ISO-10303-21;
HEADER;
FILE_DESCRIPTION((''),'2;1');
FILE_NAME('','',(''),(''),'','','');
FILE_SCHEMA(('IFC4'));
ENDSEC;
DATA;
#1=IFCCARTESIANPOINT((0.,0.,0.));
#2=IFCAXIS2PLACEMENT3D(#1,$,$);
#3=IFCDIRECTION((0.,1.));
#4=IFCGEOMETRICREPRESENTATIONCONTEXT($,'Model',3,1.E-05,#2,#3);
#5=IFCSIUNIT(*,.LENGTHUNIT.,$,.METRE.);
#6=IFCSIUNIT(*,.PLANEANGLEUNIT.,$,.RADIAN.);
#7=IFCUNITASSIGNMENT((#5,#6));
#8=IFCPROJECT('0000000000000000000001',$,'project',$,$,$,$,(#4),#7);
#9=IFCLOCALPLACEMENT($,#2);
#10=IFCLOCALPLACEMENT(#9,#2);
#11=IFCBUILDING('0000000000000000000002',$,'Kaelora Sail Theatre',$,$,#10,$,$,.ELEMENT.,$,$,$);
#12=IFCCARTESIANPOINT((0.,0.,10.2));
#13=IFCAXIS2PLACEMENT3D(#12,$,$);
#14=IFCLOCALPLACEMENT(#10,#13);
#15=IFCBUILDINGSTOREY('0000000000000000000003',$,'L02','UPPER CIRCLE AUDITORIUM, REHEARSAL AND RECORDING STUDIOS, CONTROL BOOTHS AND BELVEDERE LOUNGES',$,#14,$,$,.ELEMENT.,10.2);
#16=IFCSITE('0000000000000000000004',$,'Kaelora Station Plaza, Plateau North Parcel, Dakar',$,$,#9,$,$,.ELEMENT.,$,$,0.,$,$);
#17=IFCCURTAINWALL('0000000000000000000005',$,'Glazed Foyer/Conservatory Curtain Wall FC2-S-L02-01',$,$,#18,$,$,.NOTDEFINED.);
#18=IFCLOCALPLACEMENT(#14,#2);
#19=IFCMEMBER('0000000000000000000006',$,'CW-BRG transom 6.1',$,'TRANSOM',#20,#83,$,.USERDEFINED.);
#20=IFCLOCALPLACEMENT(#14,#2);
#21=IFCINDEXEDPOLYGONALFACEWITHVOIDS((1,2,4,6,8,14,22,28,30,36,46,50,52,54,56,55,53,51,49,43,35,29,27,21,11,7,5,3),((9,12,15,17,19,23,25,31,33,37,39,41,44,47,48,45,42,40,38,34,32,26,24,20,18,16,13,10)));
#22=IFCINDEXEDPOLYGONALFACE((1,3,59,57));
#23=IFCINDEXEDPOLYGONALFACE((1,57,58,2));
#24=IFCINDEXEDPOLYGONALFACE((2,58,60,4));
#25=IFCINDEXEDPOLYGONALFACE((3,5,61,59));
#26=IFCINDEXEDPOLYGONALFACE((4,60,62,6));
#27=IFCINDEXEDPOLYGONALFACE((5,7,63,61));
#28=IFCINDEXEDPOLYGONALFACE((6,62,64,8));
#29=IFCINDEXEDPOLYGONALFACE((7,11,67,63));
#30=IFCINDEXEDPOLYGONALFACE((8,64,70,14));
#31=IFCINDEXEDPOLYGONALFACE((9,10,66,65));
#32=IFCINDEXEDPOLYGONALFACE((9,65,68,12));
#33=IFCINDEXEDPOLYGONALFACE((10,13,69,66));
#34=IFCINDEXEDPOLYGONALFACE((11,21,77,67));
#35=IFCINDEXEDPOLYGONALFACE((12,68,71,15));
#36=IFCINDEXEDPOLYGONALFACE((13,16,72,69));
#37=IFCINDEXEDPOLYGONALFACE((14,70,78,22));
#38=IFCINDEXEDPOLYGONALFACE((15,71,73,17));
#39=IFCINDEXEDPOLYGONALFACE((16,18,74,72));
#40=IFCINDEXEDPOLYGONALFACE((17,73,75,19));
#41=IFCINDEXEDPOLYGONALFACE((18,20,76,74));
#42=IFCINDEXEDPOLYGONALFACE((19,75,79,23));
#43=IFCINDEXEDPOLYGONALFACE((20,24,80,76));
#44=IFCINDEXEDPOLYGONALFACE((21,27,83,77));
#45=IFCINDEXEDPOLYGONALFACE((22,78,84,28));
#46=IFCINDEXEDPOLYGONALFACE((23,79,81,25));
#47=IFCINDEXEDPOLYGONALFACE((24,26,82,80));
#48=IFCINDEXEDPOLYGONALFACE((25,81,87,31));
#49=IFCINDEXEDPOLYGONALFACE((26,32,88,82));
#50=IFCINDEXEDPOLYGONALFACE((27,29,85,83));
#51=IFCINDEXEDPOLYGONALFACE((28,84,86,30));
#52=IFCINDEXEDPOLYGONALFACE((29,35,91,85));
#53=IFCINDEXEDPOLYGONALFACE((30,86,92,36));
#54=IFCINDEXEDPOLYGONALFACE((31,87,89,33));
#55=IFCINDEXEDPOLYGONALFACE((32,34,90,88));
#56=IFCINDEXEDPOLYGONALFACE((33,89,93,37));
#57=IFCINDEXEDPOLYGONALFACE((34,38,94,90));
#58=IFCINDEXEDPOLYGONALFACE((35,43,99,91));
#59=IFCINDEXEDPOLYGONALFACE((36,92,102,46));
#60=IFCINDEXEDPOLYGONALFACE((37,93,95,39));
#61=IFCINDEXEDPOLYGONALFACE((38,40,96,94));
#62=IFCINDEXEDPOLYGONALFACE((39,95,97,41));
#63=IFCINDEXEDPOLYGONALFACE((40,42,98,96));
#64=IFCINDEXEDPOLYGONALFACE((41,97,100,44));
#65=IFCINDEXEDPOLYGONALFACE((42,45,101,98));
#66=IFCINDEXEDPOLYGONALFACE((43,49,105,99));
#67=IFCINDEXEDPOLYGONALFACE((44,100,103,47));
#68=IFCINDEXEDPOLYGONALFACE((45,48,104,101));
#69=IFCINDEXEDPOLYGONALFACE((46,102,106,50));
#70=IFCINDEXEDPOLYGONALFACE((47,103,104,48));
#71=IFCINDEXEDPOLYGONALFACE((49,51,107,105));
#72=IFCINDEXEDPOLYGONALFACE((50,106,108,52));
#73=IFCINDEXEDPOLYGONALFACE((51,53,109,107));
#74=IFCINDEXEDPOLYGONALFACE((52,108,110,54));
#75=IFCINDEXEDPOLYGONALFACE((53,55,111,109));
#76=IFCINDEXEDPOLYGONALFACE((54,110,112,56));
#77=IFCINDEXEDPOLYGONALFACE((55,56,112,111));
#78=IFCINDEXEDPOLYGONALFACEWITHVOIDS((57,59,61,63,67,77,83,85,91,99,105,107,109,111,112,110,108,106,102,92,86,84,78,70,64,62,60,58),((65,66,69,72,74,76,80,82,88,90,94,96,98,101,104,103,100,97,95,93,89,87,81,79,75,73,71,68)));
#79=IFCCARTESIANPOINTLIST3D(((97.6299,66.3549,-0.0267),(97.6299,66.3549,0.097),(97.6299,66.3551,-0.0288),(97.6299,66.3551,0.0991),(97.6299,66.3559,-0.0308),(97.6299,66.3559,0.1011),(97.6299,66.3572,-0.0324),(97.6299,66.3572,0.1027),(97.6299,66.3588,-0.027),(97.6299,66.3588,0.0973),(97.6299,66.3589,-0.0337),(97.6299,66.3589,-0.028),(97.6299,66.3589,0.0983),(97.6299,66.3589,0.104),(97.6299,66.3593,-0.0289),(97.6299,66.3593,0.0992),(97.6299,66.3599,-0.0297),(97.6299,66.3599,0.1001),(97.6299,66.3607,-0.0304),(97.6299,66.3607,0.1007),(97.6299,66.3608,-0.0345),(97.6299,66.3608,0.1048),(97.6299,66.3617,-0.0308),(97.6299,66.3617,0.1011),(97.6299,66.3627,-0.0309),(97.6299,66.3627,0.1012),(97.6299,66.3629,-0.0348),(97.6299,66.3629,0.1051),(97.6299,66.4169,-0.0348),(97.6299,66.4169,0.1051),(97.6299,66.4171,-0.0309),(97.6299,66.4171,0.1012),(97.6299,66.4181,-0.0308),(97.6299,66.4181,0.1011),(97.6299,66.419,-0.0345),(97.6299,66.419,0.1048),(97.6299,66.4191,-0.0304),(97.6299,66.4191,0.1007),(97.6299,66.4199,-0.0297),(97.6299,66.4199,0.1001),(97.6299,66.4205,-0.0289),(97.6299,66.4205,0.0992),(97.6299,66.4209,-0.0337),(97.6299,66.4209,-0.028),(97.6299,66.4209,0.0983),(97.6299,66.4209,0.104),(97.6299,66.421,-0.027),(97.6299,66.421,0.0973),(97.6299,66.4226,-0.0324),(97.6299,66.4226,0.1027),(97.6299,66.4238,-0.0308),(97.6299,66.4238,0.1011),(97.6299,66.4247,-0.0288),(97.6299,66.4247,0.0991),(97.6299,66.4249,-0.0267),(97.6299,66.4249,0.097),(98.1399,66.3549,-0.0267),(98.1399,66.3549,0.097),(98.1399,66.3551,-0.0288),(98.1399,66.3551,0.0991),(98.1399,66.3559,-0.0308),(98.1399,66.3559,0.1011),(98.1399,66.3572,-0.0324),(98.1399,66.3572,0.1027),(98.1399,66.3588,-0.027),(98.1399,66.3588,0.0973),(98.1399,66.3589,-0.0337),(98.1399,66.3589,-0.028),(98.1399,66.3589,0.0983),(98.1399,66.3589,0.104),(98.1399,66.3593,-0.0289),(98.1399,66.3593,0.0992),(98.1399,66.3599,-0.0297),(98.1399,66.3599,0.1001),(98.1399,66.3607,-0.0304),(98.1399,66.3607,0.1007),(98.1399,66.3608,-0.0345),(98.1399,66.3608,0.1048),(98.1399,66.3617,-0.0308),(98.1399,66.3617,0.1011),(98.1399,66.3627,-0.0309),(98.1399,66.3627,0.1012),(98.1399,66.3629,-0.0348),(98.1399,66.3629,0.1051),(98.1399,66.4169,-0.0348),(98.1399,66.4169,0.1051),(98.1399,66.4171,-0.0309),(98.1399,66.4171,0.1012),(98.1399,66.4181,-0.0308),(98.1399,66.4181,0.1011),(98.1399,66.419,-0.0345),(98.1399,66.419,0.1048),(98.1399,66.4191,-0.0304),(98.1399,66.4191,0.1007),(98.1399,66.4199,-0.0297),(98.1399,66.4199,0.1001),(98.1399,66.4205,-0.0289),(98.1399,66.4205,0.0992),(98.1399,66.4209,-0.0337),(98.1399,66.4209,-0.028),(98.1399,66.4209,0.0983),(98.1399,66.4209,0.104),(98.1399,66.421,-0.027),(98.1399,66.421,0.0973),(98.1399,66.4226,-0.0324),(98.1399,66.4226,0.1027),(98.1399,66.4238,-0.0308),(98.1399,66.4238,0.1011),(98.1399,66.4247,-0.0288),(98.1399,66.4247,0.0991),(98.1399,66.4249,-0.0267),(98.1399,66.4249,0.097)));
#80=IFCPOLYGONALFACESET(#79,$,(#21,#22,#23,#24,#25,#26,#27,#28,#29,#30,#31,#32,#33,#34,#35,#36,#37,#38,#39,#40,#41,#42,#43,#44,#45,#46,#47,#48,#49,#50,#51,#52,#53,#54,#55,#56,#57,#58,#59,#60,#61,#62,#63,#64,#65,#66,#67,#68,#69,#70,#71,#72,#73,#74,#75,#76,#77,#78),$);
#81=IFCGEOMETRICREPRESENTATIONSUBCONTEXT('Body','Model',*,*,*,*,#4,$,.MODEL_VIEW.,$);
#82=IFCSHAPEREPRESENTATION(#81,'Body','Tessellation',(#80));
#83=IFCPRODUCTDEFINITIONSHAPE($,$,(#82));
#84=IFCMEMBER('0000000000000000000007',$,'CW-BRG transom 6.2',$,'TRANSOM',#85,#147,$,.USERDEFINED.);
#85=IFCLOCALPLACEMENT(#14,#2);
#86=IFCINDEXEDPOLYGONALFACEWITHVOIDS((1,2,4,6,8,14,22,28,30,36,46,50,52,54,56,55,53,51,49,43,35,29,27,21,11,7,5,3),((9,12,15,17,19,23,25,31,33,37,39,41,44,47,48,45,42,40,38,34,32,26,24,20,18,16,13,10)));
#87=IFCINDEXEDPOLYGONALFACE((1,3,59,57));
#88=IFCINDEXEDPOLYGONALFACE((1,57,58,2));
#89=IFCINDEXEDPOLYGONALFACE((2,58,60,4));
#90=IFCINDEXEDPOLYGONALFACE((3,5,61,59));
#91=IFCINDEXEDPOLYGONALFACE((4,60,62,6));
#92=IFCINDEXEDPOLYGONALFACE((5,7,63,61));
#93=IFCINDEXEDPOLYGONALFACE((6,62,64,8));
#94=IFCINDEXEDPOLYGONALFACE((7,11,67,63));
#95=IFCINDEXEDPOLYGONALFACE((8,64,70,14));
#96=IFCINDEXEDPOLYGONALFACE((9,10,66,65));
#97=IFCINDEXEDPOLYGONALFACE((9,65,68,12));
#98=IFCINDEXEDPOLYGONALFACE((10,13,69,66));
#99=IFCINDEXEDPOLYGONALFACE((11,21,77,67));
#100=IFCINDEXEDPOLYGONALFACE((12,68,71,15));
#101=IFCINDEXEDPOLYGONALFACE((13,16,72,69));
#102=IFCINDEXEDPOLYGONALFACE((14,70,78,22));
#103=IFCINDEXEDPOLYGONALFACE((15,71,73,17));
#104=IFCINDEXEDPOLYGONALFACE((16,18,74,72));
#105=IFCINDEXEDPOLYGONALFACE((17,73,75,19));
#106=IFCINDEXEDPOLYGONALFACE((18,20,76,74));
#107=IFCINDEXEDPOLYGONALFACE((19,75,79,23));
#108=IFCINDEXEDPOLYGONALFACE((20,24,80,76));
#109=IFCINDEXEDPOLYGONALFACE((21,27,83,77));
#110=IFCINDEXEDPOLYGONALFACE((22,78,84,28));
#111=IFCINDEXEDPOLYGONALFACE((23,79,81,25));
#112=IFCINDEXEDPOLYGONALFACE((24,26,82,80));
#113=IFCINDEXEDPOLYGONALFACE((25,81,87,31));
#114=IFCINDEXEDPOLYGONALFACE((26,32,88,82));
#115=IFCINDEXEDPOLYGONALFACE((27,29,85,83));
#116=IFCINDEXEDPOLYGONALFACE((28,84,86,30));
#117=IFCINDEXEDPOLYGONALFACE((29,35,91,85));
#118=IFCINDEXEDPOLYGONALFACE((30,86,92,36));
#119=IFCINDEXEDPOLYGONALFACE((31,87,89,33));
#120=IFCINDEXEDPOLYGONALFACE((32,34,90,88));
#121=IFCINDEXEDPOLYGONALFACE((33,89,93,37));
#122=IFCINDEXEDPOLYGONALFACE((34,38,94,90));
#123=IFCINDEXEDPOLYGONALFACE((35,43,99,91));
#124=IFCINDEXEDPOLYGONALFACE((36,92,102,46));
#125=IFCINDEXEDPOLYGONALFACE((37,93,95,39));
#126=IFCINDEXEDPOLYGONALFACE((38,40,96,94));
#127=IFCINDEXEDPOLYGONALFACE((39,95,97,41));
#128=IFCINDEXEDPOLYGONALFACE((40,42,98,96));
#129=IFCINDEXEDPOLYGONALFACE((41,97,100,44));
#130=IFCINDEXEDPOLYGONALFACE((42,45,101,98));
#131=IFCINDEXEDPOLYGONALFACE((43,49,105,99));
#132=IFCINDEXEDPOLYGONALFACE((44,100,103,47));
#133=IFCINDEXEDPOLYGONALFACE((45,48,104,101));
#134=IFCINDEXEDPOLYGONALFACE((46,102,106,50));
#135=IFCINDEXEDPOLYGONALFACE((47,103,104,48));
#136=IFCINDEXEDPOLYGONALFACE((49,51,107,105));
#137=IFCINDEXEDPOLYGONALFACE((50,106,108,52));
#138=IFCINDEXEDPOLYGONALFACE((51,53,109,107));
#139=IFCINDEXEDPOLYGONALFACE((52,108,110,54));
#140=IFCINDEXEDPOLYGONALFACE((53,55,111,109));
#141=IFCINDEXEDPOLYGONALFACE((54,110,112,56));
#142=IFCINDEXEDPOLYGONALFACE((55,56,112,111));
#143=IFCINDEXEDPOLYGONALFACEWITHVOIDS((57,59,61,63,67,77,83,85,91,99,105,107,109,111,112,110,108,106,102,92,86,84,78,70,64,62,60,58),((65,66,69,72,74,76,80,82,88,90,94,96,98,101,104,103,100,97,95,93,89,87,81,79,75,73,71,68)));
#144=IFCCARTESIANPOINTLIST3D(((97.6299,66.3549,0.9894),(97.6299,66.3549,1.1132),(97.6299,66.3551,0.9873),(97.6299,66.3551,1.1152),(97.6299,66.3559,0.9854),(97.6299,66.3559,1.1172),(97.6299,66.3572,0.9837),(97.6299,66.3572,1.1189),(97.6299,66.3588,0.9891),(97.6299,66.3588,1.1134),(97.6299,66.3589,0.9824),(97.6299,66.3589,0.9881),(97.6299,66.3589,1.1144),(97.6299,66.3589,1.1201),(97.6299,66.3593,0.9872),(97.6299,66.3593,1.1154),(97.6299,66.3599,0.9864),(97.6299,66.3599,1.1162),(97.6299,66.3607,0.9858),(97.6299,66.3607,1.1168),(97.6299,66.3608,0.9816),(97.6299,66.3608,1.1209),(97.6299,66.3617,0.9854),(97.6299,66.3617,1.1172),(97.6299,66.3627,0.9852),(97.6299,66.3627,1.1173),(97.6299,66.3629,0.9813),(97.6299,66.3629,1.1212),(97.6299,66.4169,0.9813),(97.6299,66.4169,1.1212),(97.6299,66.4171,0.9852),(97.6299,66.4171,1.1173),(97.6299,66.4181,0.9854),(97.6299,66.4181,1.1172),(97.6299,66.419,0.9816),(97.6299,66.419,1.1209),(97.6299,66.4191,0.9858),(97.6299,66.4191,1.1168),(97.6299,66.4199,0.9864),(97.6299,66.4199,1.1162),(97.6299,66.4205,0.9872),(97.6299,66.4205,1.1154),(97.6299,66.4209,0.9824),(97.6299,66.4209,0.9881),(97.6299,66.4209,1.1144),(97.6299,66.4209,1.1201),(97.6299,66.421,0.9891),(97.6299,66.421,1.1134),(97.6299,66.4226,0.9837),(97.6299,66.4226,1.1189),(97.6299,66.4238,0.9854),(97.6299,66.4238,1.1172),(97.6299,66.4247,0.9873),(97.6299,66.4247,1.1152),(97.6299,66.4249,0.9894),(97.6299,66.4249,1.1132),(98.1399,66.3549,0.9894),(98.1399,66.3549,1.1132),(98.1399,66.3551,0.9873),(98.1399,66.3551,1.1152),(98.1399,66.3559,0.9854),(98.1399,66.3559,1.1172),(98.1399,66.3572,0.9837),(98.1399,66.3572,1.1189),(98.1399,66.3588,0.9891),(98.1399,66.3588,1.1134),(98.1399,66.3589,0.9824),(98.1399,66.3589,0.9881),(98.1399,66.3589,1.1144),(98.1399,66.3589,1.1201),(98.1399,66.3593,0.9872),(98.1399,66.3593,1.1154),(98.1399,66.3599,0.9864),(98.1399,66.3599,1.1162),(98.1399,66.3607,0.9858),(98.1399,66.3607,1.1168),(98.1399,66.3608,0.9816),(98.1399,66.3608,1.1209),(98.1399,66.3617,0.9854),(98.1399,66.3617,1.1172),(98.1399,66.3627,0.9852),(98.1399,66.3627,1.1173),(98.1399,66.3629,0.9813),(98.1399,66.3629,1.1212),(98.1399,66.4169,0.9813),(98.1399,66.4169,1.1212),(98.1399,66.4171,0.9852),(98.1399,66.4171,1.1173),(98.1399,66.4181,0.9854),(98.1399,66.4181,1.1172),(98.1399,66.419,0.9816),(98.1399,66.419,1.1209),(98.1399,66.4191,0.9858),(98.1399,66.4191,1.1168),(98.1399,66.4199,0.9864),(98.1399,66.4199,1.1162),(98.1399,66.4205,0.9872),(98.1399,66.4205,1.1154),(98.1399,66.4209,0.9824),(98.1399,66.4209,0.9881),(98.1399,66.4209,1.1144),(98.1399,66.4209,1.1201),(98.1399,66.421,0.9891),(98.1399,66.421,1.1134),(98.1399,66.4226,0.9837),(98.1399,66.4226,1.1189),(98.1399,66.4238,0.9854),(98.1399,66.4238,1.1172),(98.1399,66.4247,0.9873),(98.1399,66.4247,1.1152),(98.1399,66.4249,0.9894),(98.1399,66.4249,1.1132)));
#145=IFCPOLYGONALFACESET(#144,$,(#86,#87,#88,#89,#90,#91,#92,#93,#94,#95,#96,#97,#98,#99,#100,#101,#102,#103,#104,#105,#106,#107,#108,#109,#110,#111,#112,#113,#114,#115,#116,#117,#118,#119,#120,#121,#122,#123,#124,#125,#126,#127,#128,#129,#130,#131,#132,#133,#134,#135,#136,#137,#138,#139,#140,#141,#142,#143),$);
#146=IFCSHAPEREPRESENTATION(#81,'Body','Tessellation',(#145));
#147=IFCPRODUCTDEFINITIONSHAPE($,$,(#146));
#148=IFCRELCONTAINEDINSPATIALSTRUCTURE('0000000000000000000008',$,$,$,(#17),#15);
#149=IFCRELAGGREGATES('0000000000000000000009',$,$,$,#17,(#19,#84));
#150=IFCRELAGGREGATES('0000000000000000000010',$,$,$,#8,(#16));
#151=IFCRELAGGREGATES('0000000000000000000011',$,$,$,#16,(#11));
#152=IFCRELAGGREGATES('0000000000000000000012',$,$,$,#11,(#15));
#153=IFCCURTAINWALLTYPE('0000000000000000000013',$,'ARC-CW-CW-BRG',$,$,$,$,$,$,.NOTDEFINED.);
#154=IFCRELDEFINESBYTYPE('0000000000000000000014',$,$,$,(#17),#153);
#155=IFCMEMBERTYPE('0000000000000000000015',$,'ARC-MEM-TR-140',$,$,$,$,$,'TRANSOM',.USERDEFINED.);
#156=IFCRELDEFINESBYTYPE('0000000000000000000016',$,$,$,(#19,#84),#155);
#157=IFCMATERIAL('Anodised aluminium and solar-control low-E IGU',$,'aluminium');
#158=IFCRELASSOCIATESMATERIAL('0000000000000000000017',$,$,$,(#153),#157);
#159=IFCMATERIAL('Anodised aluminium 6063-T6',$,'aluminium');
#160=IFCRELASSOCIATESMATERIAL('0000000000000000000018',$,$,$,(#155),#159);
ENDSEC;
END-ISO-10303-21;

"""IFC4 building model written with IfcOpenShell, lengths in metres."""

from ifc_helpers import new_model, si_unit, direction, frame, origin, origin_2d, place, context, subcontext, project, spatial, hollow_rectangle, extrude, material, material_profile, profile_set, type_object, element, aggregate, save


model = new_model("IFC4")

# Units and contexts
model_context = context("Model", 3, precision=1e-05, world=origin(), true_north=direction((0.0, 1.0)))
body_context = subcontext(model_context, "Body", "Model", "MODEL_VIEW")
ifc_project = project(units=[si_unit("LENGTHUNIT", "METRE"), si_unit("PLANEANGLEUNIT", "RADIAN")], contexts=[model_context])

# Site, building, storey
site_placement = place(None, origin())
site = spatial("IfcSite", under=ifc_project, at=site_placement, Name="Kaelora Station Plaza, Plateau North Parcel, Dakar", CompositionType="ELEMENT", RefElevation=0.0)
building_placement = place(site_placement, origin())
building = spatial("IfcBuilding", under=site, at=building_placement, Name="Kaelora Sail Theatre", CompositionType="ELEMENT")
storey_placement = place(building_placement, frame((0.0, 0.0, 10.2)))
storey = spatial("IfcBuildingStorey", under=building, at=storey_placement, Name="L02", Description="UPPER CIRCLE AUDITORIUM, REHEARSAL AND RECORDING STUDIOS, CONTROL BOOTHS AND BELVEDERE LOUNGES", CompositionType="ELEMENT", Elevation=10.2)

# Curtain wall
ifc_material_1 = material(Name="Anodised aluminium and solar-control low-E IGU", Category="aluminium")
curtain_wall_type = type_object("IfcCurtainWallType", Name="ARC-CW-CW-BRG", PredefinedType="NOTDEFINED", material=ifc_material_1)
curtain_wall_1_placement = place(storey_placement, origin())
curtain_wall_1 = element("IfcCurtainWall", 1, at=curtain_wall_1_placement, inside=storey, type_object=curtain_wall_type, Name="Glazed Foyer/Conservatory Curtain Wall FC2-S-L02-01", PredefinedType="NOTDEFINED")

# Members
ifc_material_2 = material(Name="Anodised aluminium 6063-T6", Category="aluminium")
ifc_material_profile_1 = material_profile(ifc_material_2, hollow_rectangle(XDim=0.0701, YDim=0.1399, WallThickness=0.0039, InnerFilletRadius=0.0039, OuterFilletRadius=0.0081, at=origin_2d()), Name="ALU-TRAN 70x140x4")
ifc_profile_set_1 = profile_set([ifc_material_profile_1], Name="Anodised aluminium 6063-T6")
member_type_1 = type_object("IfcMemberType", Name="ARC-MEM-TR-140", ElementType="TRANSOM", PredefinedType="USERDEFINED", material=ifc_profile_set_1)
member_1_placement = place(storey_placement, frame((97.6299, 66.3899, 0.0352), z_axis=(1.0, 0.0, 0.0), x_axis=(0.0, 1.0, 0.0)))
member_1 = element("IfcMember", 2, at=member_1_placement, type_object=member_type_1, Name="CW-BRG transom 6.1", ObjectType="TRANSOM", PredefinedType="USERDEFINED", context=body_context, shape_type="SweptSolid", body=[
    extrude(hollow_rectangle(XDim=0.0701, YDim=0.1399, WallThickness=0.0039, InnerFilletRadius=0.0039, OuterFilletRadius=0.0081, at=origin_2d()), origin(), (0.0, 0.0, 1.0), 0.51),
])
member_2_placement = place(storey_placement, frame((97.6299, 66.3899, 1.0513), z_axis=(1.0, 0.0, 0.0), x_axis=(0.0, 1.0, 0.0)))
member_2 = element("IfcMember", 3, at=member_2_placement, type_object=member_type_1, Name="CW-BRG transom 6.2", ObjectType="TRANSOM", PredefinedType="USERDEFINED", context=body_context, shape_type="SweptSolid", body=[
    extrude(hollow_rectangle(XDim=0.0701, YDim=0.1399, WallThickness=0.0039, InnerFilletRadius=0.0039, OuterFilletRadius=0.0081, at=origin_2d()), origin(), (0.0, 0.0, 1.0), 0.51),
])

aggregate(curtain_wall_1, [member_1, member_2])

save(model, "model.ifc")
